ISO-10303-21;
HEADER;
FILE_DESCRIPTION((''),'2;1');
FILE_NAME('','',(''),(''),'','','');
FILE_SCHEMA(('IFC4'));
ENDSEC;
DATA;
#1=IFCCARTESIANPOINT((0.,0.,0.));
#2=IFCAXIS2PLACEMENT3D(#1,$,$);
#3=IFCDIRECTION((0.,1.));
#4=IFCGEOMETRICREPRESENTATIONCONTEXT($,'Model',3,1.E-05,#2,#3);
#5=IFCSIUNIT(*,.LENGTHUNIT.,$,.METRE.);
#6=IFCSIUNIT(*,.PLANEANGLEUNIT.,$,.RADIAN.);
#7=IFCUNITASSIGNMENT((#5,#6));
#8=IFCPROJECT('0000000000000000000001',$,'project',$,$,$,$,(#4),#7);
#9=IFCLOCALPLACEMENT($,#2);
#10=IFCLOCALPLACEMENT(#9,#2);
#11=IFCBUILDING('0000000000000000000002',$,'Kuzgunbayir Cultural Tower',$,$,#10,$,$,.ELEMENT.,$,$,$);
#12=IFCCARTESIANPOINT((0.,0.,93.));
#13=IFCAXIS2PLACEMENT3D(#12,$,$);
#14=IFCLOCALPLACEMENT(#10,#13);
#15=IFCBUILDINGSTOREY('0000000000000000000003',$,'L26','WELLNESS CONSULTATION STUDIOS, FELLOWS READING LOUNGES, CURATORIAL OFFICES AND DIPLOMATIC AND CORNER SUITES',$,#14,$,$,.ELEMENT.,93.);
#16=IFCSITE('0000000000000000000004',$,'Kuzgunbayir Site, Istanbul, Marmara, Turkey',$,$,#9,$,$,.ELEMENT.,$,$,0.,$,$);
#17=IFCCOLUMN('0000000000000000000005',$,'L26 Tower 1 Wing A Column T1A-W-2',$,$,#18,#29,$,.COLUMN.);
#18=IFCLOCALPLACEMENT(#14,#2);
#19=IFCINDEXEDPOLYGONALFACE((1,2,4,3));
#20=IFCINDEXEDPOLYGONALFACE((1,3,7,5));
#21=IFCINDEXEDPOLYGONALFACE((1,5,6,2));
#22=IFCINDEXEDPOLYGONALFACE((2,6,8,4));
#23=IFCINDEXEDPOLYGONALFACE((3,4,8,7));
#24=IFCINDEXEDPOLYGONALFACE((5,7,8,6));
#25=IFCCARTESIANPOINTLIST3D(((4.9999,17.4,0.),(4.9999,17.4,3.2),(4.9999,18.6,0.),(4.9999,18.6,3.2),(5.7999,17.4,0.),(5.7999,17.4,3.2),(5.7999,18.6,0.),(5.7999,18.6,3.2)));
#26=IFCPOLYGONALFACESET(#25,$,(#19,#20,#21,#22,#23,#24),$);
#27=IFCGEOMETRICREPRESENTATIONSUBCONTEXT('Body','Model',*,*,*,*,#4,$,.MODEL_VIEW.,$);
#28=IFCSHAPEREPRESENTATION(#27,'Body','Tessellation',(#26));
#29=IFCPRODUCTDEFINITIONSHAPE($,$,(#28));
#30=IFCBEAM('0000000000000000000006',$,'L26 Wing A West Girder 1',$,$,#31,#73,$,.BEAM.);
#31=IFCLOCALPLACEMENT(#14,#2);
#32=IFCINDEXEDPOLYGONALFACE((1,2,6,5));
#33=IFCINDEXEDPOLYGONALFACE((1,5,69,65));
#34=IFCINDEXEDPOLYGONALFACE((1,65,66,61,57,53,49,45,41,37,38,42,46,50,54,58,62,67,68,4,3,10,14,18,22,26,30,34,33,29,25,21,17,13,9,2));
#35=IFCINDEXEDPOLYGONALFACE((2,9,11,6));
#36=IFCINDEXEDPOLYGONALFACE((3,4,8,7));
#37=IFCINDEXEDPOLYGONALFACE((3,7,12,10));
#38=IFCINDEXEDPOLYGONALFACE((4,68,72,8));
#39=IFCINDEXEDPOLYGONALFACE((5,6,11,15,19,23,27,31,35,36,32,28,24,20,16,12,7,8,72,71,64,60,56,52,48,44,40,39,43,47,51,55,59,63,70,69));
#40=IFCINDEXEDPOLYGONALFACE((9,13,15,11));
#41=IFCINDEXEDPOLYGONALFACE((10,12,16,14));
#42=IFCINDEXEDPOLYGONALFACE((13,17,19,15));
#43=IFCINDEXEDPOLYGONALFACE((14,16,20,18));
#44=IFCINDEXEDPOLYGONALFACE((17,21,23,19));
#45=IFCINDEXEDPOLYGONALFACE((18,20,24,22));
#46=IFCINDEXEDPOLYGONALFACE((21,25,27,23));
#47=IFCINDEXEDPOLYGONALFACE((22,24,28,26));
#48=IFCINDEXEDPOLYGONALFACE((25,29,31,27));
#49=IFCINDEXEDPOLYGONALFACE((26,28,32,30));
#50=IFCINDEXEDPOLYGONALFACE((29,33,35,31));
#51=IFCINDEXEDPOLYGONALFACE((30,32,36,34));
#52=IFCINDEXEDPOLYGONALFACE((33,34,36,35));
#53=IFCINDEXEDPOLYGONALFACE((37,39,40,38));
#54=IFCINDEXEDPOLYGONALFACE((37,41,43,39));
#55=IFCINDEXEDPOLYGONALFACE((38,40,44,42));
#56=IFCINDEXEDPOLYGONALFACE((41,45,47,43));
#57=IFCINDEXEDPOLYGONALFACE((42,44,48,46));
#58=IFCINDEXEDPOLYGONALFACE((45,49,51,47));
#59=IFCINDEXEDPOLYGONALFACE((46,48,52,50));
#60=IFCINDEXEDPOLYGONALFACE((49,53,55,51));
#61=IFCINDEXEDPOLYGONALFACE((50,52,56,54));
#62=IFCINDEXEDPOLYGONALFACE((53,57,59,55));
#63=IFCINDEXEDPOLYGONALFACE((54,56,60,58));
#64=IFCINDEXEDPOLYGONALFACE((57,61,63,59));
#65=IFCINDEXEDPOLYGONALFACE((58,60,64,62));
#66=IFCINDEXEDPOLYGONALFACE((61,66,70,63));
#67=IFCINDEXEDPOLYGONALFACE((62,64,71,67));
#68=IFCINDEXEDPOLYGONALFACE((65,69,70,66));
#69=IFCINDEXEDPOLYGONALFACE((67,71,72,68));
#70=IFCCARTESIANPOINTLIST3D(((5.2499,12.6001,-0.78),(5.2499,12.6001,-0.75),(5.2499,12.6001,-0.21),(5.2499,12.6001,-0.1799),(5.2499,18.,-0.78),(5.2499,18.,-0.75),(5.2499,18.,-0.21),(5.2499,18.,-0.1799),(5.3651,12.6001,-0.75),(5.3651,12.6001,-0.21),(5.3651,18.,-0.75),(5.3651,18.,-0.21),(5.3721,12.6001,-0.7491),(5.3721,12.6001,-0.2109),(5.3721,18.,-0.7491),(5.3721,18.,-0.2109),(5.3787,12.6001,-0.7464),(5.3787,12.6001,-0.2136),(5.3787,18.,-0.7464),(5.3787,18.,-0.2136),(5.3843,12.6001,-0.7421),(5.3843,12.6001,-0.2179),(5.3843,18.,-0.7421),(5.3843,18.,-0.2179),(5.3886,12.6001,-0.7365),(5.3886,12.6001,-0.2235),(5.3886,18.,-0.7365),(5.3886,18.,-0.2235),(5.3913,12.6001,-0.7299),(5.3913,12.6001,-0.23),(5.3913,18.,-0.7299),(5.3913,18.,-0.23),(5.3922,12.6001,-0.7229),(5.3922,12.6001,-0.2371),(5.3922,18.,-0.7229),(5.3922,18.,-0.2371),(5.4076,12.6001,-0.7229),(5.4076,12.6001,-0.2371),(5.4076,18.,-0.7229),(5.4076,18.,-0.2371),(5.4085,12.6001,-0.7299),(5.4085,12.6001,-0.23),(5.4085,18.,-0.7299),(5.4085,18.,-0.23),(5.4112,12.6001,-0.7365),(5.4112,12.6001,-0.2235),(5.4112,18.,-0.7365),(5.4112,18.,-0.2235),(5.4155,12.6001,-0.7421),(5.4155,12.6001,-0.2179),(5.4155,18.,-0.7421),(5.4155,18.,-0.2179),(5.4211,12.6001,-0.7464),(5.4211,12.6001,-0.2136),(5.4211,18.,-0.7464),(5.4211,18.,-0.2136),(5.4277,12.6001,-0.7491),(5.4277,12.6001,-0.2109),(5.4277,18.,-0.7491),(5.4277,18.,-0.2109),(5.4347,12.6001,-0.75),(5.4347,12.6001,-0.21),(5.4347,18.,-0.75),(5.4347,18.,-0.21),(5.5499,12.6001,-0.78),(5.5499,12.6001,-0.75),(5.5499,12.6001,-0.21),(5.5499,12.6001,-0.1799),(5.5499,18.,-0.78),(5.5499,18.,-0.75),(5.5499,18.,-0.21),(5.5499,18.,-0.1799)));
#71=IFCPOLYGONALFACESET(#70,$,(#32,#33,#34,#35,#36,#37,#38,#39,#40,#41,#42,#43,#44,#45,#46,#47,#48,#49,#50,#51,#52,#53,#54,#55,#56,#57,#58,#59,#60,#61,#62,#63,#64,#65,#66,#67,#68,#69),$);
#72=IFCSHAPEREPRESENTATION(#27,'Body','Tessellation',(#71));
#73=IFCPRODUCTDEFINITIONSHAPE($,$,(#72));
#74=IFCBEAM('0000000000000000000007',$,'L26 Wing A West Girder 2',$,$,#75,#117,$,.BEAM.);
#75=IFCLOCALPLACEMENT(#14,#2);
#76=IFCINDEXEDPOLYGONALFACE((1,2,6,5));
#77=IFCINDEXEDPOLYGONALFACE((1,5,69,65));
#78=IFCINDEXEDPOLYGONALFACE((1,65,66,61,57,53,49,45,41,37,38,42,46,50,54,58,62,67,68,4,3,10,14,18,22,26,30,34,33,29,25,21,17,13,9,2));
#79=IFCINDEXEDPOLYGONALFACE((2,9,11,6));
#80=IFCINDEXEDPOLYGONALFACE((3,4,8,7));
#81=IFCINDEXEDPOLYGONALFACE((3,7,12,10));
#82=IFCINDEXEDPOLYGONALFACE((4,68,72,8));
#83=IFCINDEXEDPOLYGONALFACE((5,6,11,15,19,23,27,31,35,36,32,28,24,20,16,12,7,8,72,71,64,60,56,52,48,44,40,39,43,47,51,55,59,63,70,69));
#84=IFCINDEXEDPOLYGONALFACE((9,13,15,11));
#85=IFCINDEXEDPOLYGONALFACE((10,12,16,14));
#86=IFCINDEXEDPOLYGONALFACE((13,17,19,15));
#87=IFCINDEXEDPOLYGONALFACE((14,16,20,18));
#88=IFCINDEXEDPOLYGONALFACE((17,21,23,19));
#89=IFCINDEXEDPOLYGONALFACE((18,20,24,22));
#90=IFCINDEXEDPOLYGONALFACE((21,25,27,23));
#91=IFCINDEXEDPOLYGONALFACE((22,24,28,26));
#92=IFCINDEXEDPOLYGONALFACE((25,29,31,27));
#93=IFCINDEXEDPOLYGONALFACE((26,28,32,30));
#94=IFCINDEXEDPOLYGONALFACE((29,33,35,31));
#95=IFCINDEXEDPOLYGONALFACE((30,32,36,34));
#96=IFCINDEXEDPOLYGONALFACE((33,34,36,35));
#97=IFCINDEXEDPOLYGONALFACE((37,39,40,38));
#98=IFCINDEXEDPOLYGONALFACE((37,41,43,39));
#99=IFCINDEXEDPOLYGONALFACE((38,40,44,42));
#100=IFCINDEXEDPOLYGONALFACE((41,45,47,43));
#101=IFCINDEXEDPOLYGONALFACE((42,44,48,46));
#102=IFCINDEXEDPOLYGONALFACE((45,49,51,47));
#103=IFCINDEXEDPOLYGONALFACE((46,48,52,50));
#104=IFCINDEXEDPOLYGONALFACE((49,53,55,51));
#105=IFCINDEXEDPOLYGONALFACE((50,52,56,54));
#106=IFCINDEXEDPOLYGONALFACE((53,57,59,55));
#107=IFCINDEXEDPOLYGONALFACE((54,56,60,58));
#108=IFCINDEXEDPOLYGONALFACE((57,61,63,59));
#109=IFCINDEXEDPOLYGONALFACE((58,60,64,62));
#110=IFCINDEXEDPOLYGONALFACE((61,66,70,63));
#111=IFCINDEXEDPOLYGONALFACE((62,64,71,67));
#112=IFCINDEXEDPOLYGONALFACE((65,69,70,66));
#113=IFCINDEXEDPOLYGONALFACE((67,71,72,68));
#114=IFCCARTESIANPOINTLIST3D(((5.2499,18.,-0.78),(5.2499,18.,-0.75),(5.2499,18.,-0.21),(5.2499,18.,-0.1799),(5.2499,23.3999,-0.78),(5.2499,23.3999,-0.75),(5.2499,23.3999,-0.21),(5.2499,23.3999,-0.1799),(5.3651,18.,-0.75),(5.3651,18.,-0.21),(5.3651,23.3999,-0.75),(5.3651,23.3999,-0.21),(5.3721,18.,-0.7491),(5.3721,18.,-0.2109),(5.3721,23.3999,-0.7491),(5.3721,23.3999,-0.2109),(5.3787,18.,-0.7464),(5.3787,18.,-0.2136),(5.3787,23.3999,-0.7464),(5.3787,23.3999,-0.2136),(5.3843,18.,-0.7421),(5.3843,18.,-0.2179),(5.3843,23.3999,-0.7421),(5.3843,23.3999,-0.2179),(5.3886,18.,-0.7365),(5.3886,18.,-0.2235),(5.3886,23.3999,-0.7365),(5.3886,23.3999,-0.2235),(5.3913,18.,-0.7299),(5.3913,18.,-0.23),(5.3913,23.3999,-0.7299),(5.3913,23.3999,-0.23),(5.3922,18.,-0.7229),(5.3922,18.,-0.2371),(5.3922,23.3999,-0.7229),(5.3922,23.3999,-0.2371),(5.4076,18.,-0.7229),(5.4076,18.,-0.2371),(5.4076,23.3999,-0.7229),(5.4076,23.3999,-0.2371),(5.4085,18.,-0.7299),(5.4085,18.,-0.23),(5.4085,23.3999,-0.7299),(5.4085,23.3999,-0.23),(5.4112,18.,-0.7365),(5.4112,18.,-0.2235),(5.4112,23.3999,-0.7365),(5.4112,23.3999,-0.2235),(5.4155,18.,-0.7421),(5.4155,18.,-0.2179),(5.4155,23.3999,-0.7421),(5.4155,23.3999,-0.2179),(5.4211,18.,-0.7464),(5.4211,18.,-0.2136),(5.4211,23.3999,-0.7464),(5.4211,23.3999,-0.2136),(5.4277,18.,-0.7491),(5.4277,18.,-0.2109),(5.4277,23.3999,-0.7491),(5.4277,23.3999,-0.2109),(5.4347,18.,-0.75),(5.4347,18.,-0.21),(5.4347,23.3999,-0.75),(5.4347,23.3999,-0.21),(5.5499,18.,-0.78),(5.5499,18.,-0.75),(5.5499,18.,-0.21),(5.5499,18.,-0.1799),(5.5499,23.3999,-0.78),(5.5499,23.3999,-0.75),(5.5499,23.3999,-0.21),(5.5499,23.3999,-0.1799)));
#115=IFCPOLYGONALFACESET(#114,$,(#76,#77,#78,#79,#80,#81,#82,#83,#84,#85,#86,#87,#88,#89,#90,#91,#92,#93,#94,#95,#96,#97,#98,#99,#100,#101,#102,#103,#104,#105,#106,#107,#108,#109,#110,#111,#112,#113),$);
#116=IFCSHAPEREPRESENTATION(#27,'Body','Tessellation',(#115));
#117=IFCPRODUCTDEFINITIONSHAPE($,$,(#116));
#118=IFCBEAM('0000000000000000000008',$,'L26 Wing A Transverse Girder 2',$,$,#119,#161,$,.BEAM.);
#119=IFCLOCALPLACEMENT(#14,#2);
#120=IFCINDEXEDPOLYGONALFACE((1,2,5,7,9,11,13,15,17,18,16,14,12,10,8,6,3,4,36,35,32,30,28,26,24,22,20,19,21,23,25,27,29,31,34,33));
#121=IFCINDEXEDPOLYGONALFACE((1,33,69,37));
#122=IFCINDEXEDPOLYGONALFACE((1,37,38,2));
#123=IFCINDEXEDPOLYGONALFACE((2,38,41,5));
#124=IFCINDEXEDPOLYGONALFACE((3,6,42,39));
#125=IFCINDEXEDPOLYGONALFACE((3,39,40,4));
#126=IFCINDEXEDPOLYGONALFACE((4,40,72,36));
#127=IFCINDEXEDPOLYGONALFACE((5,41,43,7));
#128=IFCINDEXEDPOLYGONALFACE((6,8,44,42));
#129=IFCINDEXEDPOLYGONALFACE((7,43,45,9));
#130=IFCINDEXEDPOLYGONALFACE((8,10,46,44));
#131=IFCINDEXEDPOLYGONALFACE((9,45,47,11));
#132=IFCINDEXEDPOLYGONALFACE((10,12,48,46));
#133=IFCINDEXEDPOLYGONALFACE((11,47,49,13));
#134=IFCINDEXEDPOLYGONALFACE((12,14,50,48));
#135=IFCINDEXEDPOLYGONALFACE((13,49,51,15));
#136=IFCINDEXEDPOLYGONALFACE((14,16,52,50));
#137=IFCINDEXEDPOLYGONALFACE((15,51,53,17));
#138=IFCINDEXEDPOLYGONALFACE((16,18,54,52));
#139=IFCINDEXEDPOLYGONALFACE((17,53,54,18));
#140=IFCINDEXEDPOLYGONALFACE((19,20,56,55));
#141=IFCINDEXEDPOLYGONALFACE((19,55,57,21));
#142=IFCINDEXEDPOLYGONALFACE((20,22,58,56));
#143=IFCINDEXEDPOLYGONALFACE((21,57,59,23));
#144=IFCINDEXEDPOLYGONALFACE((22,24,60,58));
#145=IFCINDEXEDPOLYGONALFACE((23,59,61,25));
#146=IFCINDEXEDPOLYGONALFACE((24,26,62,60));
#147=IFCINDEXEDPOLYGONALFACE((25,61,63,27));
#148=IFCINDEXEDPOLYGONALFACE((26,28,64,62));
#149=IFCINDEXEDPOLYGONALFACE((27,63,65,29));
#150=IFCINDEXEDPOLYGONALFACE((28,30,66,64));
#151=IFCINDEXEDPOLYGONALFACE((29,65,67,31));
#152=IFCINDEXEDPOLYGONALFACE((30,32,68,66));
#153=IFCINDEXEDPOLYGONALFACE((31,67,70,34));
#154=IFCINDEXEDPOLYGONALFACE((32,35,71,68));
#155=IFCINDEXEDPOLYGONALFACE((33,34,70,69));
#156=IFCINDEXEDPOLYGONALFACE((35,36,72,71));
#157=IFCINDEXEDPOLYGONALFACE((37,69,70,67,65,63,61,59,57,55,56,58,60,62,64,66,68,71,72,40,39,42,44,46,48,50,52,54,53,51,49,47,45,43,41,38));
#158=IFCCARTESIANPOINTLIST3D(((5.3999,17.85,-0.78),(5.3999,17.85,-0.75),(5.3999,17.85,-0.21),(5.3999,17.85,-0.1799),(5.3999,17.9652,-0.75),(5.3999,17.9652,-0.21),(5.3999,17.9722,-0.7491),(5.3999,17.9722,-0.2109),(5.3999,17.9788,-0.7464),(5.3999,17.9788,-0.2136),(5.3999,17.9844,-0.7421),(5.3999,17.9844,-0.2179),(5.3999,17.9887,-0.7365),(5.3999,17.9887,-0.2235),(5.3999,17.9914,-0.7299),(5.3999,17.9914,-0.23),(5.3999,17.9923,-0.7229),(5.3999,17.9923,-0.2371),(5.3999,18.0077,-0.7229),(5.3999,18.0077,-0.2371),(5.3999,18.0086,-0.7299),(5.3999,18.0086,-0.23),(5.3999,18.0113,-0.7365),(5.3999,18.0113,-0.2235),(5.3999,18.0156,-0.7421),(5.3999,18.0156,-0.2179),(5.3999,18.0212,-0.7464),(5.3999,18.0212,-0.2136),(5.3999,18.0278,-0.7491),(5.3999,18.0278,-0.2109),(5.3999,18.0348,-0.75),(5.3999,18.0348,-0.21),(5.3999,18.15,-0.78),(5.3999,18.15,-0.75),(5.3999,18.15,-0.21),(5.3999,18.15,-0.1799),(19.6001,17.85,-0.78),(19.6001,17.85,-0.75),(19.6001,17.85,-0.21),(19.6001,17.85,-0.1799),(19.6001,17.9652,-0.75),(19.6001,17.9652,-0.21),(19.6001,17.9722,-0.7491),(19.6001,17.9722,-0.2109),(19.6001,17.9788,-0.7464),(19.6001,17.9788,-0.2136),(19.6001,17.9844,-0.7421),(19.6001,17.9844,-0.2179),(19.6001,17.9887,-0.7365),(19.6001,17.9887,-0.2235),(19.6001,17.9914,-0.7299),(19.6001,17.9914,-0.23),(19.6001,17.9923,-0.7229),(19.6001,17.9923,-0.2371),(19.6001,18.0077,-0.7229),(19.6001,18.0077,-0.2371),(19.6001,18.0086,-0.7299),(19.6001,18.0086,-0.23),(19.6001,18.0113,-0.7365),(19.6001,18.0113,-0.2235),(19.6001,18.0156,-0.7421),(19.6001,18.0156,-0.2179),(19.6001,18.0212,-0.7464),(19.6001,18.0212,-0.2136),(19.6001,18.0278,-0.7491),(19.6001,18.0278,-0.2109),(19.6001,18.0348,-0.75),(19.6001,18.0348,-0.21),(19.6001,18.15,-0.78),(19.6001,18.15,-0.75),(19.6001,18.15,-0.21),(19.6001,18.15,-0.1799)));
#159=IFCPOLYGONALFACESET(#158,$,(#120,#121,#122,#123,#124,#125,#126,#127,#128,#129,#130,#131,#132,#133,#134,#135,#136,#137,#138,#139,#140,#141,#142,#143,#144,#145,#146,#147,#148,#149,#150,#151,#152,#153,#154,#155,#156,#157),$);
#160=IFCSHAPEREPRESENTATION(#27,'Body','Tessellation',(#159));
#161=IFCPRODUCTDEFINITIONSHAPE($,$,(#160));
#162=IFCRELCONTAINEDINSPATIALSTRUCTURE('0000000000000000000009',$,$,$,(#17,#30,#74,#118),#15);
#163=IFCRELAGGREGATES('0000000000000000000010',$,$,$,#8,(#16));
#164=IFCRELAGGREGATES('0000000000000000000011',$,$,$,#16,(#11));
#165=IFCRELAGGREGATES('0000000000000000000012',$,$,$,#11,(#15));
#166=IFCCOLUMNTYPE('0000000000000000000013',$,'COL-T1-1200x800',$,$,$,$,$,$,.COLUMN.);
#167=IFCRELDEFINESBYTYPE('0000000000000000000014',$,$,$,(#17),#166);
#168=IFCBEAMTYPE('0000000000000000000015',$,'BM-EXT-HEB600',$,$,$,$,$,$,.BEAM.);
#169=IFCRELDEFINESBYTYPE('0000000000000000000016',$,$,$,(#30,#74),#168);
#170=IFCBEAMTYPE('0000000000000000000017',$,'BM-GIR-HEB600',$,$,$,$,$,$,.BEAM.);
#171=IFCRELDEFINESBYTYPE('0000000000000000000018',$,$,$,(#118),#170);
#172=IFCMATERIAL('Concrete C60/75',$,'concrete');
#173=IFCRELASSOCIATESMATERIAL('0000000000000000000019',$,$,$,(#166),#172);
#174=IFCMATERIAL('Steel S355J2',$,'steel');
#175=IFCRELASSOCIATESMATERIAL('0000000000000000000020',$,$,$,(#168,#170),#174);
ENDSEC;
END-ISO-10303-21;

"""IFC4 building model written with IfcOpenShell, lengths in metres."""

from ifc_helpers import new_model, si_unit, direction, frame, origin, origin_2d, place, context, subcontext, project, spatial, rectangle, i_section, extrude, material, material_profile, profile_set, type_object, element, save


model = new_model("IFC4")

# Units and contexts
model_context = context("Model", 3, precision=1e-05, world=origin(), true_north=direction((0.0, 1.0)))
body_context = subcontext(model_context, "Body", "Model", "MODEL_VIEW")
ifc_project = project(units=[si_unit("LENGTHUNIT", "METRE"), si_unit("PLANEANGLEUNIT", "RADIAN")], contexts=[model_context])

# Site, building, storey
site_placement = place(None, origin())
site = spatial("IfcSite", under=ifc_project, at=site_placement, Name="Kuzgunbayir Site, Istanbul, Marmara, Turkey", CompositionType="ELEMENT", RefElevation=0.0)
building_placement = place(site_placement, origin())
building = spatial("IfcBuilding", under=site, at=building_placement, Name="Kuzgunbayir Cultural Tower", CompositionType="ELEMENT")
storey_placement = place(building_placement, frame((0.0, 0.0, 93.0)))
storey = spatial("IfcBuildingStorey", under=building, at=storey_placement, Name="L26", Description="WELLNESS CONSULTATION STUDIOS, FELLOWS READING LOUNGES, CURATORIAL OFFICES AND DIPLOMATIC AND CORNER SUITES", CompositionType="ELEMENT", Elevation=93.0)

# Column
ifc_material_1 = material(Name="Concrete C60/75", Category="concrete")
ifc_material_profile_1 = material_profile(ifc_material_1, rectangle(XDim=0.8, YDim=1.2, at=origin_2d()), Name="RC 1200x800")
ifc_profile_set_1 = profile_set([ifc_material_profile_1], Name="Concrete C60/75")
column_type = type_object("IfcColumnType", Name="COL-T1-1200x800", PredefinedType="COLUMN", material=ifc_profile_set_1)
column_placement = place(storey_placement, frame((5.3999, 18.0, 0.0), z_axis=(0.0, 0.0, 1.0), x_axis=(1.0, 0.0, 0.0)))
element("IfcColumn", 1, at=column_placement, inside=storey, type_object=column_type, Name="L26 Tower 1 Wing A Column T1A-W-2", PredefinedType="COLUMN", context=body_context, shape_type="SweptSolid", body=[
    extrude(rectangle(XDim=0.8, YDim=1.2, at=origin_2d()), origin(), (0.0, 0.0, 1.0), 3.2),
])

# Beams
ifc_material_2 = material(Name="Steel S355J2", Category="steel")
ifc_material_profile_2 = material_profile(ifc_material_2, i_section(OverallWidth=0.3, OverallDepth=0.6001, WebThickness=0.0154, FlangeThickness=0.03, FilletRadius=0.0271, at=origin_2d()), Name="HEB 600")
ifc_profile_set_2 = profile_set([ifc_material_profile_2], Name="Steel S355J2")
beam_type_1 = type_object("IfcBeamType", Name="BM-EXT-HEB600", PredefinedType="BEAM", material=ifc_profile_set_2)
for number, where, z_axis, x_axis, name in (
    (2, (5.3999, 12.6001, -0.48), (0.0, 1.0, 0.0), (-1.0, 0.0, 0.0), "L26 Wing A West Girder 1"),
    (3, (5.3999, 18.0, -0.48), (0.0, 1.0, 0.0), (-1.0, 0.0, 0.0), "L26 Wing A West Girder 2"),
):
    element("IfcBeam", number, at=place(storey_placement, frame(where, z_axis=z_axis, x_axis=x_axis)), inside=storey, type_object=beam_type_1, Name=name, PredefinedType="BEAM", context=body_context, shape_type="SweptSolid", body=[
        extrude(i_section(OverallWidth=0.3, OverallDepth=0.6001, WebThickness=0.0154, FlangeThickness=0.03, FilletRadius=0.0271, at=origin_2d()), origin(), (0.0, 0.0, 1.0), 5.3999),
    ])
ifc_material_profile_3 = material_profile(ifc_material_2, i_section(OverallWidth=0.3, OverallDepth=0.6001, WebThickness=0.0154, FlangeThickness=0.03, FilletRadius=0.0271, at=origin_2d()), Name="HEB 600")
ifc_profile_set_3 = profile_set([ifc_material_profile_3], Name="Steel S355J2")
beam_type_2 = type_object("IfcBeamType", Name="BM-GIR-HEB600", PredefinedType="BEAM", material=ifc_profile_set_3)
beam_placement = place(storey_placement, frame((5.3999, 18.0, -0.48), z_axis=(1.0, 0.0, 0.0), x_axis=(0.0, 1.0, 0.0)))
element("IfcBeam", 4, at=beam_placement, inside=storey, type_object=beam_type_2, Name="L26 Wing A Transverse Girder 2", PredefinedType="BEAM", context=body_context, shape_type="SweptSolid", body=[
    extrude(i_section(OverallWidth=0.3, OverallDepth=0.6001, WebThickness=0.0154, FlangeThickness=0.03, FilletRadius=0.0271, at=origin_2d()), origin(), (0.0, 0.0, 1.0), 14.2002),
])

save(model, "model.ifc")
